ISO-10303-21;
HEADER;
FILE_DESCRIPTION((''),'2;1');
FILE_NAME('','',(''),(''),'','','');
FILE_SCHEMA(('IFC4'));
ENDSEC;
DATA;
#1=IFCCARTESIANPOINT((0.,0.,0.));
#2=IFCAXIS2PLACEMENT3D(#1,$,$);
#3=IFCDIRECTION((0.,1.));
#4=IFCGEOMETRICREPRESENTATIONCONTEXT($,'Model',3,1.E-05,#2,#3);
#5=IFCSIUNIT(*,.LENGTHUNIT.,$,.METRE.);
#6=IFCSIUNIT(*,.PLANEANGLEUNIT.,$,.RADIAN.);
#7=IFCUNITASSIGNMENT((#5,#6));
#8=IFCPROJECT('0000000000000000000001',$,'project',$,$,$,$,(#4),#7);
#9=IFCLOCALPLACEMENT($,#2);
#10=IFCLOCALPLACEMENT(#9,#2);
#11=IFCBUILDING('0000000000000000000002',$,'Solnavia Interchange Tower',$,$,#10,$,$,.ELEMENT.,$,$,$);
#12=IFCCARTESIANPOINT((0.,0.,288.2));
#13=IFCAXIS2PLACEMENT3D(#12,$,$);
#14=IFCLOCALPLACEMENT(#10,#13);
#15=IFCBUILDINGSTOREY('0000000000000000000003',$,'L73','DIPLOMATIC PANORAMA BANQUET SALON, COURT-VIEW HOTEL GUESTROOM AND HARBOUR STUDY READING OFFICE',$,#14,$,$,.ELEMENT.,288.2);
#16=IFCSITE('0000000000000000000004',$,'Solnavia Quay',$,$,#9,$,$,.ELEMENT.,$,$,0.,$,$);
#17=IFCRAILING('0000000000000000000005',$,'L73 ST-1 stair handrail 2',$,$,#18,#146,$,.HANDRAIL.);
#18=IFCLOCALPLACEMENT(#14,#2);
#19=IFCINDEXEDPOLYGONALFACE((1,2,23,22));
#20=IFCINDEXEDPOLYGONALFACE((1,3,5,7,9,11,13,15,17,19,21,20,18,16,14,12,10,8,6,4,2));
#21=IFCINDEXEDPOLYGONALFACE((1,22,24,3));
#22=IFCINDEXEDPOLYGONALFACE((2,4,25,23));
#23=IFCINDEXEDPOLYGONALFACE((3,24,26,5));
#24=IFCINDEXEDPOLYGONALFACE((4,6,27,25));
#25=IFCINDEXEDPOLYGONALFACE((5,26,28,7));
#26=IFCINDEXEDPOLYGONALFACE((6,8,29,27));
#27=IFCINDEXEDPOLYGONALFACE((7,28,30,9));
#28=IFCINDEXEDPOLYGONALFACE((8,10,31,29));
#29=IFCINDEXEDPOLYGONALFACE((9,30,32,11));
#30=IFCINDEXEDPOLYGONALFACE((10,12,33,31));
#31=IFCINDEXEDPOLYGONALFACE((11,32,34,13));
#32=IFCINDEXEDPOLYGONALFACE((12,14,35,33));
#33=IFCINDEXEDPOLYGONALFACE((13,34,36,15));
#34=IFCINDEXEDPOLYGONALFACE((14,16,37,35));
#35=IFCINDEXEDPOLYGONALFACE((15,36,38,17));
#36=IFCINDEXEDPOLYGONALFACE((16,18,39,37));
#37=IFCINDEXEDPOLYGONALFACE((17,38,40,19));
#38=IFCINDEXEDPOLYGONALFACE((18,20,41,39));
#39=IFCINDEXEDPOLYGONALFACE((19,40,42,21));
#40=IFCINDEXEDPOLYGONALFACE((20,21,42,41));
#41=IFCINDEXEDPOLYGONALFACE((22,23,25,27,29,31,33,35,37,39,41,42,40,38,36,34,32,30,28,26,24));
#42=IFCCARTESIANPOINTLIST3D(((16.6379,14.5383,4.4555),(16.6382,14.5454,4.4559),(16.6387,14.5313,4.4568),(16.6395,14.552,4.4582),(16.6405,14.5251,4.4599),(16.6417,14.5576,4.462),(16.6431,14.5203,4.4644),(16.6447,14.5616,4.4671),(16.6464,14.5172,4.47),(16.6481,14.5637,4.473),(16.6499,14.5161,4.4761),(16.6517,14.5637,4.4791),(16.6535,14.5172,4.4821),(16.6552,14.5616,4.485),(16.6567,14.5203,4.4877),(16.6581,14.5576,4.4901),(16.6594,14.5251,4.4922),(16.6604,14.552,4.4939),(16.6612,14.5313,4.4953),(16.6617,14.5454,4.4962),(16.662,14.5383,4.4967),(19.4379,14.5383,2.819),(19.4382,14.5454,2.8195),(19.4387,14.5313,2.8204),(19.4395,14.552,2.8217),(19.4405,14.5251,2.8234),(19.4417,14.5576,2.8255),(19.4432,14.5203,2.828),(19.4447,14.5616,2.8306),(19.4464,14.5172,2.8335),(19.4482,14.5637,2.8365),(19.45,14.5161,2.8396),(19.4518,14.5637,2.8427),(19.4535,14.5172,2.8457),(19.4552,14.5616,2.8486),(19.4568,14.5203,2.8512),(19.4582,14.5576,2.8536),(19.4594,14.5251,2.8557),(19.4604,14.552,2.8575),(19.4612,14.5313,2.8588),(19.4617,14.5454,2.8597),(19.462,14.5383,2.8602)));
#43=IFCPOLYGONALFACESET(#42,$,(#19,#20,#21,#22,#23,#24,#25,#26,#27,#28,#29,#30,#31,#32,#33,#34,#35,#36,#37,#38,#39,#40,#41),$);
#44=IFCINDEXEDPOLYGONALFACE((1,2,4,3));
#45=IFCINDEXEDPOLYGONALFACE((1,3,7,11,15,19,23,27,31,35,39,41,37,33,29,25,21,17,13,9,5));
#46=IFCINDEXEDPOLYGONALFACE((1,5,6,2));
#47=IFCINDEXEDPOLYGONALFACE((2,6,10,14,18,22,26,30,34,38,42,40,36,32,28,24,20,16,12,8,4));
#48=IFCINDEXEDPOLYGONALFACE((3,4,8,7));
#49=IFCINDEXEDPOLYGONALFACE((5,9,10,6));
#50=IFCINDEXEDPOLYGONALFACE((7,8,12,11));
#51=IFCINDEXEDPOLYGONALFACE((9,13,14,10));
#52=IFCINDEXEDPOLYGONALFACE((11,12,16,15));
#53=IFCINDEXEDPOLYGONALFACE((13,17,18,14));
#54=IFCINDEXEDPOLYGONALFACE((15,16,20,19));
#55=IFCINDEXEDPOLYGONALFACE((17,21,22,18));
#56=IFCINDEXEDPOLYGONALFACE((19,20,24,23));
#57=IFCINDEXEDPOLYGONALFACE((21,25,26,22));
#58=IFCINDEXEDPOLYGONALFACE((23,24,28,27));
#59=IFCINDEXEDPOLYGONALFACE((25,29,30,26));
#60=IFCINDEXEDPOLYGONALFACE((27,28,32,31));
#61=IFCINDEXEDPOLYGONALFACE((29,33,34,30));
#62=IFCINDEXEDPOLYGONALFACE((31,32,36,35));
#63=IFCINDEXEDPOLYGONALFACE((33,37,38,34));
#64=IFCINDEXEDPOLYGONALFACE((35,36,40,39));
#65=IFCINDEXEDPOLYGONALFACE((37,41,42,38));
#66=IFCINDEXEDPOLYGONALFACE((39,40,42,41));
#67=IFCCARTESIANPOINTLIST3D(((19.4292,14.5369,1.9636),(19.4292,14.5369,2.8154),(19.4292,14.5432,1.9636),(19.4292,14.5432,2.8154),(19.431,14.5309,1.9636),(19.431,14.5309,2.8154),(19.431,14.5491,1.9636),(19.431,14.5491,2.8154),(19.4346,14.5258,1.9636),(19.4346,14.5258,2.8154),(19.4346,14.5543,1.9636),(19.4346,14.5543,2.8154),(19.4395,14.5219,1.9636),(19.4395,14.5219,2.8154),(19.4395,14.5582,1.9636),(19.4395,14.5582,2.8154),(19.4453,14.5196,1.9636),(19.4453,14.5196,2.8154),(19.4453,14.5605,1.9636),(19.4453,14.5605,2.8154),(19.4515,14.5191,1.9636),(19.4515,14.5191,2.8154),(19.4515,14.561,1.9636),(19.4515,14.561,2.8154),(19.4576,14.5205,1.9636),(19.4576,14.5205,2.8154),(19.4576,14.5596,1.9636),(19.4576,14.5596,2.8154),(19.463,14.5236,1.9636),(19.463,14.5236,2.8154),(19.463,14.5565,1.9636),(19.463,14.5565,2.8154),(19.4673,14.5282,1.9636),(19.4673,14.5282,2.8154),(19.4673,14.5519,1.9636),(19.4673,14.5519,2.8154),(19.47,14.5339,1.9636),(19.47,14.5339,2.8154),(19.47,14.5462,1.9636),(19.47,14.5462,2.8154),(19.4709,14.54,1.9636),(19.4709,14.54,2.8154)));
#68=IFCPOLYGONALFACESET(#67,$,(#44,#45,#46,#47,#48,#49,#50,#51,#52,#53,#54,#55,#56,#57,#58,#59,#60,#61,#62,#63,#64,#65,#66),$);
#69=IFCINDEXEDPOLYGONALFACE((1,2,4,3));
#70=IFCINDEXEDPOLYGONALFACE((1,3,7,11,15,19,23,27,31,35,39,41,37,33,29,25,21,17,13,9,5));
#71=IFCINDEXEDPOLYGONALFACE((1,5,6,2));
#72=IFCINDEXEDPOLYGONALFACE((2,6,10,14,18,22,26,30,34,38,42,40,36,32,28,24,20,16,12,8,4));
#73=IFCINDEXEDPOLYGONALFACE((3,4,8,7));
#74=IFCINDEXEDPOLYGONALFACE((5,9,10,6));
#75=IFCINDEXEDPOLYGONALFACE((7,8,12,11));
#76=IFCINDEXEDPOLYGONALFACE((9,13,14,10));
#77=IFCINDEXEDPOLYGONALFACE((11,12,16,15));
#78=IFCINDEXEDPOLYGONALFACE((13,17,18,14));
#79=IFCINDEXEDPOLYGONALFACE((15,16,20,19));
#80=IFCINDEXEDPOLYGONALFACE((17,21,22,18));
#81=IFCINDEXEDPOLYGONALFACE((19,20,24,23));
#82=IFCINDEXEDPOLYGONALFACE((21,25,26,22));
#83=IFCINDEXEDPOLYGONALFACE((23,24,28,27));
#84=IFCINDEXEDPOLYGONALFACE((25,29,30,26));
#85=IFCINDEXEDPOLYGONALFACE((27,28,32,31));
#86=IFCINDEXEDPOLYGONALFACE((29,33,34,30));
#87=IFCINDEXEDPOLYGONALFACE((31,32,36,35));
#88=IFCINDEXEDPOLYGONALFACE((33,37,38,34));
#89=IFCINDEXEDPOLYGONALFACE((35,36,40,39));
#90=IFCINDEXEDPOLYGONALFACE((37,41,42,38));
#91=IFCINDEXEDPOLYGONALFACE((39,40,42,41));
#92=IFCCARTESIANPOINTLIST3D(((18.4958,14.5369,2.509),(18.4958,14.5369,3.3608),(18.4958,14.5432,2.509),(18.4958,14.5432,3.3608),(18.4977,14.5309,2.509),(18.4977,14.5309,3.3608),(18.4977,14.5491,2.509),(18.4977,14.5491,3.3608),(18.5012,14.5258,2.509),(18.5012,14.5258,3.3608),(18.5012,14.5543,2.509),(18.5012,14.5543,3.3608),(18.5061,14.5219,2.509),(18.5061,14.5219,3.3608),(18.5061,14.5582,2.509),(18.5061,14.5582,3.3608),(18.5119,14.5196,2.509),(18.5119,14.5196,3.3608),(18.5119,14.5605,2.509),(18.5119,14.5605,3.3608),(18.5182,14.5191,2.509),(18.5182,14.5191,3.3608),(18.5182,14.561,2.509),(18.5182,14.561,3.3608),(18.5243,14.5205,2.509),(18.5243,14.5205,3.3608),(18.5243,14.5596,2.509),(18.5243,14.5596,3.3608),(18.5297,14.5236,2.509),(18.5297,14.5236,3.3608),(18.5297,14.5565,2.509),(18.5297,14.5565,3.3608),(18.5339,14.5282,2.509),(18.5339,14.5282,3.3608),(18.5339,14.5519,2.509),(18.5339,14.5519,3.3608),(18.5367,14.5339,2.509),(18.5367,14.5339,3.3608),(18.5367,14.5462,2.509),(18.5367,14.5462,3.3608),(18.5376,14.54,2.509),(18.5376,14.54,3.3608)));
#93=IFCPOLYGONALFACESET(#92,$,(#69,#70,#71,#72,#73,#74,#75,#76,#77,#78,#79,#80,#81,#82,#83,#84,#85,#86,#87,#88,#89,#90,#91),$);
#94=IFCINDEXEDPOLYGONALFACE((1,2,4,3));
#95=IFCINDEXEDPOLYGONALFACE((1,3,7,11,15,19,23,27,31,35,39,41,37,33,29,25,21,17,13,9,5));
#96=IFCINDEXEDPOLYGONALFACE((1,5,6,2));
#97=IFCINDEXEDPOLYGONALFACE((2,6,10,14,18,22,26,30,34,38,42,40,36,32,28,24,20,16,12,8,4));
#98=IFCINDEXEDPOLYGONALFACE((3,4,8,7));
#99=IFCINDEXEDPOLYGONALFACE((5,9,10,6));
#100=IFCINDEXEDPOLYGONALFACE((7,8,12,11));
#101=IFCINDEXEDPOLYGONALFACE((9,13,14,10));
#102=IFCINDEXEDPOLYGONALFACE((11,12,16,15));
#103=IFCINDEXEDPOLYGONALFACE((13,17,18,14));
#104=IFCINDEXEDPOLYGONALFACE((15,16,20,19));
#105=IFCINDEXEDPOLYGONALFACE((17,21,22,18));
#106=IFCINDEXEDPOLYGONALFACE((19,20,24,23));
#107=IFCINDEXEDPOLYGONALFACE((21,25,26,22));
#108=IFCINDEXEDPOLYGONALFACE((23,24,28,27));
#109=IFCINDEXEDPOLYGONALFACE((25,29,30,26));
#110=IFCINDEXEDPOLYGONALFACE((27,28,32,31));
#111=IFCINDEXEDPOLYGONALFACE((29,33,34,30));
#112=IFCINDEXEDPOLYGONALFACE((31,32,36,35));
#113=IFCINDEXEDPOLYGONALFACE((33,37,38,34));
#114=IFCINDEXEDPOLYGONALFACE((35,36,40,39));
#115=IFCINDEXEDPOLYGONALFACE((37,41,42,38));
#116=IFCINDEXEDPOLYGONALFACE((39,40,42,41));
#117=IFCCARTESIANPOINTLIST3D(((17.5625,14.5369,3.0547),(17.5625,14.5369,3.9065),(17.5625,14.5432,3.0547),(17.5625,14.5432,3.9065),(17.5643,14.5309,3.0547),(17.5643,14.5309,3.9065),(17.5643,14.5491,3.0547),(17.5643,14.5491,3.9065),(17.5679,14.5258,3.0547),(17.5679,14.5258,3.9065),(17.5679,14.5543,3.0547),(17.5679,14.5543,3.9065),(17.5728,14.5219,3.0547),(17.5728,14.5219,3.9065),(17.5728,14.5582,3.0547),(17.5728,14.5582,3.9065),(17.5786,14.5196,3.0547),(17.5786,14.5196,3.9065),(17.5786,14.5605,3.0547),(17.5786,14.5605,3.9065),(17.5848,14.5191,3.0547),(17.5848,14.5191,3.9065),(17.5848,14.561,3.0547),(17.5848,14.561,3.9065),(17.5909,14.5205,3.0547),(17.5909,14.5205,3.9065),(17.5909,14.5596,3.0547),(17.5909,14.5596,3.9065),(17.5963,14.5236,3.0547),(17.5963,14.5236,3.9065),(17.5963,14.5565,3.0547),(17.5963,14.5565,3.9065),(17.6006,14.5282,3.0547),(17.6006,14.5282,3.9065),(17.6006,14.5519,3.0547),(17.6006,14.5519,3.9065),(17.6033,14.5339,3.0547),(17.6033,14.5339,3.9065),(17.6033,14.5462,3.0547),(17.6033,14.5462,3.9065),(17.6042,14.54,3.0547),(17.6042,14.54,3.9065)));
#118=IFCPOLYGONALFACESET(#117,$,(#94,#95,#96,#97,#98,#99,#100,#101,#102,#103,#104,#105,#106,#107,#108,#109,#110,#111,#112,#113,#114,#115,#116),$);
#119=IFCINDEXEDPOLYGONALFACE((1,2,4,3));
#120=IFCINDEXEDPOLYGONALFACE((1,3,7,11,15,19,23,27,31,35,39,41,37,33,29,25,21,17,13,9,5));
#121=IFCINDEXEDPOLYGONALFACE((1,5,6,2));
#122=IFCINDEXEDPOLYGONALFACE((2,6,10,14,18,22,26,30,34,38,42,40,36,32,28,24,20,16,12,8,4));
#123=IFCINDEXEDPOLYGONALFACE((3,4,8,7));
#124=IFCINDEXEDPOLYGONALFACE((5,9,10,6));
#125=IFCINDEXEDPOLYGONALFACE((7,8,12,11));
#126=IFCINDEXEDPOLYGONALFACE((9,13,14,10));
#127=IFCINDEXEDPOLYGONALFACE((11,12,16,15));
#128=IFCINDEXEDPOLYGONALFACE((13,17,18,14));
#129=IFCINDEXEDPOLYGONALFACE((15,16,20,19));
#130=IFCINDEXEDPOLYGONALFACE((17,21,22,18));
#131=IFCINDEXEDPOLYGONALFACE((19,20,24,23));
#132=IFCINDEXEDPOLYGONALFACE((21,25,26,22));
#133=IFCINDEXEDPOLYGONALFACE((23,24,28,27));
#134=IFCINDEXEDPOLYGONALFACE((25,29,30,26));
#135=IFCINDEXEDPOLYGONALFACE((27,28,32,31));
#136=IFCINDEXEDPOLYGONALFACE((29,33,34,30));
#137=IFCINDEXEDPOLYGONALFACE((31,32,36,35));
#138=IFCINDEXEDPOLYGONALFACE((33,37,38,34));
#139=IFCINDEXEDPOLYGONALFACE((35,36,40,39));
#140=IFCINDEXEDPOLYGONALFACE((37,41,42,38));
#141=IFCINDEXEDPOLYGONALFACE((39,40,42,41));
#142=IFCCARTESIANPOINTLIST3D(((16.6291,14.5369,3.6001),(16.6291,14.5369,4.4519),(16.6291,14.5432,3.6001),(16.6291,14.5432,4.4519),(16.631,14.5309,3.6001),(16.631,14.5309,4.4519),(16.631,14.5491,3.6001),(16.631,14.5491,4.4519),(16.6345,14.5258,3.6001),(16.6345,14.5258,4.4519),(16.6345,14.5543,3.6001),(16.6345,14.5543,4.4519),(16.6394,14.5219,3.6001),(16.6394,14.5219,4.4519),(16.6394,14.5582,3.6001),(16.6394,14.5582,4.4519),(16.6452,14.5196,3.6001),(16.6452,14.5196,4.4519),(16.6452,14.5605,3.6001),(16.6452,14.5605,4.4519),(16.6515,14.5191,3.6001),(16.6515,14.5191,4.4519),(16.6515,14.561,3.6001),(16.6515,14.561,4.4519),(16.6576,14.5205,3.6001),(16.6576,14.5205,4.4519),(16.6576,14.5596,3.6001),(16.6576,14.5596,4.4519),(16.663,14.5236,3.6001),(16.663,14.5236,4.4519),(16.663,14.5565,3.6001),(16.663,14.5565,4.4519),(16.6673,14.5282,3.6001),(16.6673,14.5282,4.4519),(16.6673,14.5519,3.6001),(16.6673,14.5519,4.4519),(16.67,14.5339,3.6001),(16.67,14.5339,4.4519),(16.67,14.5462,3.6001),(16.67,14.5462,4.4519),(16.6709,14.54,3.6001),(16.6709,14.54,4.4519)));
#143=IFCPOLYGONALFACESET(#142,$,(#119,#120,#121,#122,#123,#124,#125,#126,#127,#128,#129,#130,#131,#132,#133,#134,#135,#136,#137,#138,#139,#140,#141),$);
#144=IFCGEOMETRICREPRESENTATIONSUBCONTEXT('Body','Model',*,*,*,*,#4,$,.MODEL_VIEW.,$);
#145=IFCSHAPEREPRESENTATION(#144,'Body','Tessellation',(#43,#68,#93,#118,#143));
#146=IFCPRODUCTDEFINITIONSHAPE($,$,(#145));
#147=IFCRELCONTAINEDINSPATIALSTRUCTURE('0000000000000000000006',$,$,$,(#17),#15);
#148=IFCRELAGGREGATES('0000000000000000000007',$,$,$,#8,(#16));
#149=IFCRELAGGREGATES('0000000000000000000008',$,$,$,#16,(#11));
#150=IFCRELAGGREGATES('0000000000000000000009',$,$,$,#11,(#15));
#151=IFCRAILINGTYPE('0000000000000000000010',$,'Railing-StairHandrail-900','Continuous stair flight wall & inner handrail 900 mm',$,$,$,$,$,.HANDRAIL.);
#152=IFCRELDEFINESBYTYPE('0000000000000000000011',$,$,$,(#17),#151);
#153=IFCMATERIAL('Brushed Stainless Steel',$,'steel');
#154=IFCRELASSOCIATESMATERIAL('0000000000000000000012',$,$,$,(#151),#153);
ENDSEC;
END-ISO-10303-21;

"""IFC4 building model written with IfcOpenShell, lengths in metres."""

from ifc_helpers import new_model, si_unit, direction, frame, origin, origin_2d, place, context, subcontext, project, spatial, circle, extrude, material, type_object, element, save


model = new_model("IFC4")

# Units and contexts
model_context = context("Model", 3, precision=1e-05, world=origin(), true_north=direction((0.0, 1.0)))
body_context = subcontext(model_context, "Body", "Model", "MODEL_VIEW")
ifc_project = project(units=[si_unit("LENGTHUNIT", "METRE"), si_unit("PLANEANGLEUNIT", "RADIAN")], contexts=[model_context])

# Site, building, storey
site_placement = place(None, origin())
site = spatial("IfcSite", under=ifc_project, at=site_placement, Name="Solnavia Quay", CompositionType="ELEMENT", RefElevation=0.0)
building_placement = place(site_placement, origin())
building = spatial("IfcBuilding", under=site, at=building_placement, Name="Solnavia Interchange Tower", CompositionType="ELEMENT")
storey_placement = place(building_placement, frame((0.0, 0.0, 288.2)))
storey = spatial("IfcBuildingStorey", under=building, at=storey_placement, Name="L73", Description="DIPLOMATIC PANORAMA BANQUET SALON, COURT-VIEW HOTEL GUESTROOM AND HARBOUR STUDY READING OFFICE", CompositionType="ELEMENT", Elevation=288.2)

# Railing
ifc_material_1 = material(Name="Brushed Stainless Steel", Category="steel")
railing_type_1 = type_object("IfcRailingType", Name="Railing-StairHandrail-900", Description="Continuous stair flight wall & inner handrail 900 mm", PredefinedType="HANDRAIL", material=ifc_material_1)
railing_1_placement = place(storey_placement, frame((19.45, 14.54, 1.9636)))
element("IfcRailing", 1, at=railing_1_placement, inside=storey, type_object=railing_type_1, Name="L73 ST-1 stair handrail 2", PredefinedType="HANDRAIL", context=body_context, shape_type="SweptSolid", body=[
    extrude(circle(Radius=0.0239, at=origin_2d()), frame((0.0, 0.0, 0.876), z_axis=(-0.863361, 0.0, 0.504587), x_axis=(0.0, -1.0, 0.0)), (0.0, 0.0, 1.0), 3.2432),
    extrude(circle(Radius=0.021, at=origin_2d()), origin(), (0.0, 0.0, 1.0), 0.8518),
    extrude(circle(Radius=0.021, at=origin_2d()), frame((-0.9333, 0.0, 0.5454)), (0.0, 0.0, 1.0), 0.8518),
    extrude(circle(Radius=0.021, at=origin_2d()), frame((-1.8667, 0.0, 1.0911)), (0.0, 0.0, 1.0), 0.8518),
    extrude(circle(Radius=0.021, at=origin_2d()), frame((-2.8, 0.0, 1.6365)), (0.0, 0.0, 1.0), 0.8518),
])

save(model, "model.ifc")
